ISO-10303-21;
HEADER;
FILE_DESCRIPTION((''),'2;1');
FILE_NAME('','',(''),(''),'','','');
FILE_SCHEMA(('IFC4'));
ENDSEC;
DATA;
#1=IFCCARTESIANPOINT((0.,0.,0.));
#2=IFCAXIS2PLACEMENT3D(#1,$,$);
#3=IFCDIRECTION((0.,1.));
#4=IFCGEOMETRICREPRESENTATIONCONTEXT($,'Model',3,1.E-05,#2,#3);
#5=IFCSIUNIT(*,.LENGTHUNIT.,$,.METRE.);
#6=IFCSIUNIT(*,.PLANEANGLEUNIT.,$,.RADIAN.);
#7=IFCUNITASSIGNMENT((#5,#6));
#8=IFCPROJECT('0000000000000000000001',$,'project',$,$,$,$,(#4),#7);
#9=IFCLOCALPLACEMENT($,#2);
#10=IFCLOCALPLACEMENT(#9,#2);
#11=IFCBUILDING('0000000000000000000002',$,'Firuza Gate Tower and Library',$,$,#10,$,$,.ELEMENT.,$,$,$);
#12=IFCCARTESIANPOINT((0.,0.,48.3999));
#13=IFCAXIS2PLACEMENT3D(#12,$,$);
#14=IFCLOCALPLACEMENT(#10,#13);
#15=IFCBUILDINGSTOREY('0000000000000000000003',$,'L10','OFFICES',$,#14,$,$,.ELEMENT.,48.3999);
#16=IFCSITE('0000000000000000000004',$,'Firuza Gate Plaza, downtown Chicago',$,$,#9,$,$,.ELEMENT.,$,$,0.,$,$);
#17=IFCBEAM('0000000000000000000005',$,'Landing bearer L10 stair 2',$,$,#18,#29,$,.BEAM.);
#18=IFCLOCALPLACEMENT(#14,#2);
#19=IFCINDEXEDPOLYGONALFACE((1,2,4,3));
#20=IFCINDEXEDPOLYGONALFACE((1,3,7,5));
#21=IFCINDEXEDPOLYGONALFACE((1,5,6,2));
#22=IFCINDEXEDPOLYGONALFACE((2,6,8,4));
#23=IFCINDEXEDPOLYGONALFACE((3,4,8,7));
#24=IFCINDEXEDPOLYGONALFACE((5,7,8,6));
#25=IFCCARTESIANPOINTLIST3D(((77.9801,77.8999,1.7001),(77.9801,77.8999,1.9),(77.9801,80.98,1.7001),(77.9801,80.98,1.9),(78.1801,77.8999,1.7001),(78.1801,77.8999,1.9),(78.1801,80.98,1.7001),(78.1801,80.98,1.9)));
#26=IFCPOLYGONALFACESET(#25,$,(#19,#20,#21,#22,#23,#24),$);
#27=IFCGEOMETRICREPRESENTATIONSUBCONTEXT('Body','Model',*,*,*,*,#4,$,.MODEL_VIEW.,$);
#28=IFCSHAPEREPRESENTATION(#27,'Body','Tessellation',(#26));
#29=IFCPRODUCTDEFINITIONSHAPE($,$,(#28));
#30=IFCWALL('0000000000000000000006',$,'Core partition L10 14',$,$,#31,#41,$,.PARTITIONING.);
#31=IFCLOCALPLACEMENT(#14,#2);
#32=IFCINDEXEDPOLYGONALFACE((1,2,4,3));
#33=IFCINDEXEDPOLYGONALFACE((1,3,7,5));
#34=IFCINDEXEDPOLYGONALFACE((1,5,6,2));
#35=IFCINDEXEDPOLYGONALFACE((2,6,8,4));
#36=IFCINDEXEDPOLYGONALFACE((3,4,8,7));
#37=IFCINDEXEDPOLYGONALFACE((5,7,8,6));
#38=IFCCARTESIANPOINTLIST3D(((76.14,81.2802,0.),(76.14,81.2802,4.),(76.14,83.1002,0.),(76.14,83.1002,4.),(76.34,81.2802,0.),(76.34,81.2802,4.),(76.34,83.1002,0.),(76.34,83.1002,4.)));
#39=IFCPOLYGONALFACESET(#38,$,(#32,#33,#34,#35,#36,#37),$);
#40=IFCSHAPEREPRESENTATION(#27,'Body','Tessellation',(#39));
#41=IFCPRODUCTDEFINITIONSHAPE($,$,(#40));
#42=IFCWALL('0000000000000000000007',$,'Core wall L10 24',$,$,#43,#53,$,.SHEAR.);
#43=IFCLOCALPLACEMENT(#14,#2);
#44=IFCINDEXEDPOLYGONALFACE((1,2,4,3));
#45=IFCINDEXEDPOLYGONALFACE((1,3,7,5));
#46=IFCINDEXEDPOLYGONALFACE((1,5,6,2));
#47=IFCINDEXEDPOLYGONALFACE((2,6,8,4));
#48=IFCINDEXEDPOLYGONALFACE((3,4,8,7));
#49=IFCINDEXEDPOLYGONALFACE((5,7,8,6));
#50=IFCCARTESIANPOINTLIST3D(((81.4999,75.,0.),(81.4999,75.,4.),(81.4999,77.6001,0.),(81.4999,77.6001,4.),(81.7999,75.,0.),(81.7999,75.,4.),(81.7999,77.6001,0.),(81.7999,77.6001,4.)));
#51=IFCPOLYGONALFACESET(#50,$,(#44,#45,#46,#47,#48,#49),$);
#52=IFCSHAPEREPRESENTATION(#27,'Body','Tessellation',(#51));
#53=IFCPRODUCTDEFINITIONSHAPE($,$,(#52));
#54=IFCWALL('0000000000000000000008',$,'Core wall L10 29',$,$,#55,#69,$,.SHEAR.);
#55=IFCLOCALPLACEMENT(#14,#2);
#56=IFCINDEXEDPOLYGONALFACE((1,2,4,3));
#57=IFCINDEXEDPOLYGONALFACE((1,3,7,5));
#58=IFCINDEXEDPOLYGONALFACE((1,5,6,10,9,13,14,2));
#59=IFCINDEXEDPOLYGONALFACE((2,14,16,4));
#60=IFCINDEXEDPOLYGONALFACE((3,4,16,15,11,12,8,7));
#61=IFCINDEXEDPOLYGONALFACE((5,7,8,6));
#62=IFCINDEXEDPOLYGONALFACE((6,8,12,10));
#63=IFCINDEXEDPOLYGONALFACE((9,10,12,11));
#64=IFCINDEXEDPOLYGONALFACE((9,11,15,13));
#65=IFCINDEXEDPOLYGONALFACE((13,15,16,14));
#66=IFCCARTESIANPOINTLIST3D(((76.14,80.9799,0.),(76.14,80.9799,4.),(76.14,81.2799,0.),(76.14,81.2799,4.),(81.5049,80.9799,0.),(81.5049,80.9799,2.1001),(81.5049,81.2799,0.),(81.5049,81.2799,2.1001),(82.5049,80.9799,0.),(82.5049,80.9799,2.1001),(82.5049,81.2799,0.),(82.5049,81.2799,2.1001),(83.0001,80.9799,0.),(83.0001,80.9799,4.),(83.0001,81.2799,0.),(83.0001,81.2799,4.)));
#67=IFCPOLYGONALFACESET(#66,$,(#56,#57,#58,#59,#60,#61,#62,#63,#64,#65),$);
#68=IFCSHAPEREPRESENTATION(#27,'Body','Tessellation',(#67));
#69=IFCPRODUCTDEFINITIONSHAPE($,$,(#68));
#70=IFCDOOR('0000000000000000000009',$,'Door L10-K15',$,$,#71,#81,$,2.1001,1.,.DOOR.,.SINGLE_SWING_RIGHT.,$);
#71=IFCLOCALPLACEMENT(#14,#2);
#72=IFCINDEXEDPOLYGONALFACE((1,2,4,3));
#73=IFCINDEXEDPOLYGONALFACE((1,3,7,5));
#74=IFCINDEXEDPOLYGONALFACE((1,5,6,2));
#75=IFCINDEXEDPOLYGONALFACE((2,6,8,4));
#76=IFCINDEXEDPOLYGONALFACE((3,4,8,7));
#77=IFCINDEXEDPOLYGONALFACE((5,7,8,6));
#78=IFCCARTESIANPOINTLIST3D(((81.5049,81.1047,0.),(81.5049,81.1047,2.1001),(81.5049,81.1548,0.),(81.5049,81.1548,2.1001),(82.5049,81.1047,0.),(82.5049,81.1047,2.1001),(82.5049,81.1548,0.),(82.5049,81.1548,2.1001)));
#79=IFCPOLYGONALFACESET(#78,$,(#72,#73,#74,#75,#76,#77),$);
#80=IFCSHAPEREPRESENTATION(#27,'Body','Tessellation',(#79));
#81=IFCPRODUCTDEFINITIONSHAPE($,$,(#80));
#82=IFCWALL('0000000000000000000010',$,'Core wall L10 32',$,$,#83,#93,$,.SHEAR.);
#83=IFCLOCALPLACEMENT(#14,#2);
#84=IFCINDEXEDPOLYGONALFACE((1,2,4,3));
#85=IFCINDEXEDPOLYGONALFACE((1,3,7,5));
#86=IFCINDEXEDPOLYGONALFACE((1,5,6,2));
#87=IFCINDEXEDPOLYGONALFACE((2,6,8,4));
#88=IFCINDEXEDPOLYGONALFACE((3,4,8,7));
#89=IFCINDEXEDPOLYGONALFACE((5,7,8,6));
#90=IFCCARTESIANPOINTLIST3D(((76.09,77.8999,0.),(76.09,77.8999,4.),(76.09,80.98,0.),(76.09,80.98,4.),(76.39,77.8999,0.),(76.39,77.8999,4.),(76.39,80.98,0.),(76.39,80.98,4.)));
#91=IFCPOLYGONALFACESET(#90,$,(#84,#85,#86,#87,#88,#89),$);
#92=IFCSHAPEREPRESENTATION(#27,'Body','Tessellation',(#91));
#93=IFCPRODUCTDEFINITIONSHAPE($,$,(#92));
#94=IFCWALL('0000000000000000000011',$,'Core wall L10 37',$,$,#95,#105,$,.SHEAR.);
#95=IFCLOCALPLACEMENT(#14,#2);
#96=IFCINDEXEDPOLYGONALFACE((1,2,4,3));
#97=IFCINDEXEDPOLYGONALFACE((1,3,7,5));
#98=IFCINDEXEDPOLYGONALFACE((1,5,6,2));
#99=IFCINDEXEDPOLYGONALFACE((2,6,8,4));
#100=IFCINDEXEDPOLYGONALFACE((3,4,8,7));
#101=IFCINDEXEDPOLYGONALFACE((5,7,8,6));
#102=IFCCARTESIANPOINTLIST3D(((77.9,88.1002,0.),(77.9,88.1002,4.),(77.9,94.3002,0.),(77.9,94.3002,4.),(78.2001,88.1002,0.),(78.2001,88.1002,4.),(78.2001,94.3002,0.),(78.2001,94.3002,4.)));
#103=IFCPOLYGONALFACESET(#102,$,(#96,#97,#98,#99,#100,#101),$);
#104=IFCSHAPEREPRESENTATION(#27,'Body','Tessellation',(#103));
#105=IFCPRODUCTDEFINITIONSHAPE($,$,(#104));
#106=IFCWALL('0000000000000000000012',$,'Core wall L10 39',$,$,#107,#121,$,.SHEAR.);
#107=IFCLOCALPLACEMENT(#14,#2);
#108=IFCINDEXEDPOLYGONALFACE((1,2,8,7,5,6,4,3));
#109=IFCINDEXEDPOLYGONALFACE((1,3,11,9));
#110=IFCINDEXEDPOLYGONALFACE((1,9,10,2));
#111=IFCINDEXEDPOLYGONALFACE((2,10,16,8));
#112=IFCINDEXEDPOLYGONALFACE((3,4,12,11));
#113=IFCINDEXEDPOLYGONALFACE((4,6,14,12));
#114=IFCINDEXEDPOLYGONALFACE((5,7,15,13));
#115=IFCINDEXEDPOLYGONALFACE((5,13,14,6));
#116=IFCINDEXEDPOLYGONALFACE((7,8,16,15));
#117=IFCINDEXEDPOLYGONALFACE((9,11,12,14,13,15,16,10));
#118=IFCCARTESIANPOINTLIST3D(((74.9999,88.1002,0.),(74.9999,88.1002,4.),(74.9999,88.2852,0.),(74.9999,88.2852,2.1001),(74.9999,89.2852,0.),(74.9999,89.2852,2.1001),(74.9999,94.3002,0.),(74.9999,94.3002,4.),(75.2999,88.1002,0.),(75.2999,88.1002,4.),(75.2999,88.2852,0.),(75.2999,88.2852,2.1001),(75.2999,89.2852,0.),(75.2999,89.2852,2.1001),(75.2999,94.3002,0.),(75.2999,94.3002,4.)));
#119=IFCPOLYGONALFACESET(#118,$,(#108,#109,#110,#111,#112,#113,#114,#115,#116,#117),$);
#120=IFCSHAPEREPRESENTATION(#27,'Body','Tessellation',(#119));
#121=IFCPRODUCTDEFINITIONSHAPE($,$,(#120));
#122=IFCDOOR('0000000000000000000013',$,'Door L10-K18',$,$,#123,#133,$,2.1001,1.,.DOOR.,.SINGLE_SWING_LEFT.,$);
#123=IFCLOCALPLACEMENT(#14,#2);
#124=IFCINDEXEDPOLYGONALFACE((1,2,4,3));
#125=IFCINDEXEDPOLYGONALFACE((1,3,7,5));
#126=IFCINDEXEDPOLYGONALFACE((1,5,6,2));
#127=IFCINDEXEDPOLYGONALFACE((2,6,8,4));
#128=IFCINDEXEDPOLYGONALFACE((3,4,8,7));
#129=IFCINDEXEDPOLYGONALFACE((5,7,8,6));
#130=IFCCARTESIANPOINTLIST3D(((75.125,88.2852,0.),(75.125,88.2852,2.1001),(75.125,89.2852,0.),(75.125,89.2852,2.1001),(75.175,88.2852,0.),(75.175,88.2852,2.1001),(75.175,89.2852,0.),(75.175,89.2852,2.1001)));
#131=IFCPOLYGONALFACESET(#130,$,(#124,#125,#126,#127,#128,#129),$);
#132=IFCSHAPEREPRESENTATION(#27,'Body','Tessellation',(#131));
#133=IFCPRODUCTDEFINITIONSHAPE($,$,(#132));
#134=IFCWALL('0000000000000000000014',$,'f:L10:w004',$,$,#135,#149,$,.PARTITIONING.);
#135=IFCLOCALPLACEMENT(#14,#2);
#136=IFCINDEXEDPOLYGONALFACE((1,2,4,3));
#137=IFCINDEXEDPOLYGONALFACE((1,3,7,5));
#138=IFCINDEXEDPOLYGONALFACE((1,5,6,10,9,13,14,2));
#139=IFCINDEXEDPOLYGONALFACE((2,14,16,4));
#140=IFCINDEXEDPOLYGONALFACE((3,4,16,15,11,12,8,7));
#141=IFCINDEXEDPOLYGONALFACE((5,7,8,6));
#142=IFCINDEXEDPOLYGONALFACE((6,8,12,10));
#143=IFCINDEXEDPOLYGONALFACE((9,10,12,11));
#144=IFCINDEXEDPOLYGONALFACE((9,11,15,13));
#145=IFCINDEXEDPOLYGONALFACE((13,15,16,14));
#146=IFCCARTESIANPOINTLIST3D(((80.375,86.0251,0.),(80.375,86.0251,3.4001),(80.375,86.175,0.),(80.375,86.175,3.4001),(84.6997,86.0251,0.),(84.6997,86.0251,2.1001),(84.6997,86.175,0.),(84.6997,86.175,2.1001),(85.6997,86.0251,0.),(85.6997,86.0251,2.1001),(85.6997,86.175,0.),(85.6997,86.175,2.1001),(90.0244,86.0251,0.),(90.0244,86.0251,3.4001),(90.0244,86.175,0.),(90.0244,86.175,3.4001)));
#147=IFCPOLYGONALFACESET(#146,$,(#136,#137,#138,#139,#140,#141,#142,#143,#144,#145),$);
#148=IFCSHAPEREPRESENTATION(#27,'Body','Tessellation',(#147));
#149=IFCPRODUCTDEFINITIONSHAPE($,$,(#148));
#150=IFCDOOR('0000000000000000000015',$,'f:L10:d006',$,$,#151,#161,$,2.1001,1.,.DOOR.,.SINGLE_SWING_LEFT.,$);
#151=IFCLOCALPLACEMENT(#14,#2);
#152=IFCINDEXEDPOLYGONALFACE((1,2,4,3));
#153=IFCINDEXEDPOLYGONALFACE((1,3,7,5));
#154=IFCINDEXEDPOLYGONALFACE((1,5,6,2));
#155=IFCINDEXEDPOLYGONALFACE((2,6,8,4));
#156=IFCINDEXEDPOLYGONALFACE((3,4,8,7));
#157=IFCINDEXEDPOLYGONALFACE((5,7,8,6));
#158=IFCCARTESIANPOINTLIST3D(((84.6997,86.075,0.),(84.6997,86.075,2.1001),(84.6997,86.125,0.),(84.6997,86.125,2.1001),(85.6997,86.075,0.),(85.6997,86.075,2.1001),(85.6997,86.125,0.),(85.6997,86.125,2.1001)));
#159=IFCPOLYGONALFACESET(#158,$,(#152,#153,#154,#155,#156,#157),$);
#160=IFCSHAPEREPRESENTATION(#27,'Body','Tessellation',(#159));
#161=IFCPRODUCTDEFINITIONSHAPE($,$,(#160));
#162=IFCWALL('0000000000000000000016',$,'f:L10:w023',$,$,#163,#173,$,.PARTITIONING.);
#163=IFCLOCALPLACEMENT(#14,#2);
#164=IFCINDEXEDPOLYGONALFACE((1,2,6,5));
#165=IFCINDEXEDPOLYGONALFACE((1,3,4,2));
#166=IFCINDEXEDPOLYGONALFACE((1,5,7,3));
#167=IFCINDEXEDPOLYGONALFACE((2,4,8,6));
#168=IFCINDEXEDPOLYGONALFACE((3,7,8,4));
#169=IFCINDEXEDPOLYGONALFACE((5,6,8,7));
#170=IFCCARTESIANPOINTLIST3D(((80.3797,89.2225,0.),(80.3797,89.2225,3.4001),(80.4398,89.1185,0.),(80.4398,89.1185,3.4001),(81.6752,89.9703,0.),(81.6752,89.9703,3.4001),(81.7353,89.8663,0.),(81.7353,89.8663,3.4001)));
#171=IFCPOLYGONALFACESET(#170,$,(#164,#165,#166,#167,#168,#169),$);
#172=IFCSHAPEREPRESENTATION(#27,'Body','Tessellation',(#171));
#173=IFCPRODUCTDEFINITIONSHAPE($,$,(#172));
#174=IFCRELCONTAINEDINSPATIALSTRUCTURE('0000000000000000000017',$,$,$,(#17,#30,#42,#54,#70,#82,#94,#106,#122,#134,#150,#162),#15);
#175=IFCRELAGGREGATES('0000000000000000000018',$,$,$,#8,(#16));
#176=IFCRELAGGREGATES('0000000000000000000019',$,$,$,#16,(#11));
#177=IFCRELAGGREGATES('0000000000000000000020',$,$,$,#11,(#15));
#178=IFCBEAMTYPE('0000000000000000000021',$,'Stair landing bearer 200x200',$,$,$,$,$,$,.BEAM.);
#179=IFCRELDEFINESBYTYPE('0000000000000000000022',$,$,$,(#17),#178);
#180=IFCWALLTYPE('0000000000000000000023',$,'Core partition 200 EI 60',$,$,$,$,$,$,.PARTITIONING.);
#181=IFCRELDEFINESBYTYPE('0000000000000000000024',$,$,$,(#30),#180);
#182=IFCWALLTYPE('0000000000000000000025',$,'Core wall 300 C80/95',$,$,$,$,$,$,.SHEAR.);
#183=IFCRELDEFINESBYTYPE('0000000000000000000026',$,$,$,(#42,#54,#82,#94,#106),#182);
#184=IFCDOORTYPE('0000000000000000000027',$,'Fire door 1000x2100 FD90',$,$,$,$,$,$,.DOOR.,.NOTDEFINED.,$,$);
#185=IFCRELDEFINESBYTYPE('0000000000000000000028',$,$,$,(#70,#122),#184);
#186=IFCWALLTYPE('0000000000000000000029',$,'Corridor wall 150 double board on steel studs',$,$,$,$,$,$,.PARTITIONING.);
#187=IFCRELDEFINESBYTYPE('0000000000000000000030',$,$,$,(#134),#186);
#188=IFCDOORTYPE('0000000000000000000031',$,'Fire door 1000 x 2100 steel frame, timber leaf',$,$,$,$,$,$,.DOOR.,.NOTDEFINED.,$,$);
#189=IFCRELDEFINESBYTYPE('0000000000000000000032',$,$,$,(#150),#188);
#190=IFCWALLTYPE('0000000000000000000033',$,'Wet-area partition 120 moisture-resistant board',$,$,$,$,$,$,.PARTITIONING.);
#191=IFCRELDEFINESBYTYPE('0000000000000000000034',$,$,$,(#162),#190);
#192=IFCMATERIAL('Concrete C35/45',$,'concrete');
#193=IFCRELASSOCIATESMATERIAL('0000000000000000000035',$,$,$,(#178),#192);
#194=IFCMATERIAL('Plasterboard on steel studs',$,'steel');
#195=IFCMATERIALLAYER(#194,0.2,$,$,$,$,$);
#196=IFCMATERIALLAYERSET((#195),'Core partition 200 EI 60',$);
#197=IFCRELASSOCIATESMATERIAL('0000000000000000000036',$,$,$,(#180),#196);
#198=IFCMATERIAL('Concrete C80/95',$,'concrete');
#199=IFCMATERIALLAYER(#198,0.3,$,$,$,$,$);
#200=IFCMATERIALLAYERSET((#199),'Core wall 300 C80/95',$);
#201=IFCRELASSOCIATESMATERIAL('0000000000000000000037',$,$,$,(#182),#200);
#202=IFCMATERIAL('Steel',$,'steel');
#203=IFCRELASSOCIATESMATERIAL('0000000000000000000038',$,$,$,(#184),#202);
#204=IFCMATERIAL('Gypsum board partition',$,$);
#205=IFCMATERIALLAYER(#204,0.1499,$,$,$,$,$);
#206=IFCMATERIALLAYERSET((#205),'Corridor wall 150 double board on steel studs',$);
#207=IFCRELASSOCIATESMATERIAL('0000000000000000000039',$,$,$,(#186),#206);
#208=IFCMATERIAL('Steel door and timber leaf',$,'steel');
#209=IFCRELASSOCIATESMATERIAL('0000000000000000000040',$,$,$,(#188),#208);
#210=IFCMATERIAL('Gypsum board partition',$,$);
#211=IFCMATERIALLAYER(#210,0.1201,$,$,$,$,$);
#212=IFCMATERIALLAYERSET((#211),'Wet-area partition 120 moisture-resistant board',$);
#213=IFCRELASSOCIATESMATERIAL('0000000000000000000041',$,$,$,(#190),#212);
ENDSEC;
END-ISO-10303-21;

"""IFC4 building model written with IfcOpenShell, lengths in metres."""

from ifc_helpers import new_model, si_unit, direction, frame, frame_2d, origin, origin_2d, place, context, subcontext, project, spatial, rectangle, extrude, material, layer, layer_set, material_profile, profile_set, type_object, element, fill, save


model = new_model("IFC4")

# Units and contexts
model_context = context("Model", 3, precision=1e-05, world=origin(), true_north=direction((0.0, 1.0)))
body_context = subcontext(model_context, "Body", "Model", "MODEL_VIEW")
ifc_project = project(units=[si_unit("LENGTHUNIT", "METRE"), si_unit("PLANEANGLEUNIT", "RADIAN")], contexts=[model_context])

# Site, building, storey
site_placement = place(None, origin())
site = spatial("IfcSite", under=ifc_project, at=site_placement, Name="Firuza Gate Plaza, downtown Chicago", CompositionType="ELEMENT", RefElevation=0.0)
building_placement = place(site_placement, origin())
building = spatial("IfcBuilding", under=site, at=building_placement, Name="Firuza Gate Tower and Library", CompositionType="ELEMENT")
storey_placement = place(building_placement, frame((0.0, 0.0, 48.3999)))
storey = spatial("IfcBuildingStorey", under=building, at=storey_placement, Name="L10", Description="OFFICES", CompositionType="ELEMENT", Elevation=48.3999)

# Beam
ifc_material_1 = material(Name="Concrete C35/45", Category="concrete")
ifc_material_profile = material_profile(ifc_material_1, rectangle(XDim=0.2, YDim=0.2, at=origin_2d()))
ifc_profile_set = profile_set([ifc_material_profile], Name="Concrete C35/45")
beam_type = type_object("IfcBeamType", Name="Stair landing bearer 200x200", PredefinedType="BEAM", material=ifc_profile_set)
beam_placement = place(storey_placement, frame((78.0801, 80.98, 1.8), z_axis=(0.0, -1.0, 0.0), x_axis=(1.0, 0.0, 0.0)))
element("IfcBeam", 1, at=beam_placement, inside=storey, type_object=beam_type, Name="Landing bearer L10 stair 2", PredefinedType="BEAM", context=body_context, shape_type="SweptSolid", body=[
    extrude(rectangle(XDim=0.2, YDim=0.2, at=origin_2d()), origin(), (0.0, 0.0, 1.0), 3.0801),
])

# Walls
ifc_material_2 = material(Name="Plasterboard on steel studs", Category="steel")
ifc_layer_1 = layer(ifc_material_2, 0.2)
ifc_layer_set_1 = layer_set([ifc_layer_1], Name="Core partition 200 EI 60")
wall_type_1 = type_object("IfcWallType", Name="Core partition 200 EI 60", PredefinedType="PARTITIONING", material=ifc_layer_set_1)
wall_1_placement = place(storey_placement, frame((76.24, 81.28, 0.0), z_axis=(0.0, 0.0, 1.0), x_axis=(0.0, 1.0, 0.0)))
element("IfcWall", 2, at=wall_1_placement, inside=storey, type_object=wall_type_1, Name="Core partition L10 14", PredefinedType="PARTITIONING", context=body_context, shape_type="SweptSolid", body=[
    extrude(rectangle(XDim=1.8201, YDim=0.2, at=frame_2d((0.9102, 0.0))), origin(), (0.0, 0.0, 1.0), 4.0),
])
ifc_material_3 = material(Name="Concrete C80/95", Category="concrete")
ifc_layer_2 = layer(ifc_material_3, 0.3)
ifc_layer_set_2 = layer_set([ifc_layer_2], Name="Core wall 300 C80/95")
wall_type_2 = type_object("IfcWallType", Name="Core wall 300 C80/95", PredefinedType="SHEAR", material=ifc_layer_set_2)
wall_2_placement = place(storey_placement, frame((81.6499, 75.0, 0.0), z_axis=(0.0, 0.0, 1.0), x_axis=(0.0, 1.0, 0.0)))
element("IfcWall", 3, at=wall_2_placement, inside=storey, type_object=wall_type_2, Name="Core wall L10 24", PredefinedType="SHEAR", context=body_context, shape_type="SweptSolid", body=[
    extrude(rectangle(XDim=2.6001, YDim=0.3, at=frame_2d((1.3, 0.0))), origin(), (0.0, 0.0, 1.0), 4.0),
])

# Wall, opening, door
wall_3_placement = place(storey_placement, frame((76.1399, 81.1299, 0.0), z_axis=(0.0, 0.0, 1.0), x_axis=(1.0, 0.0, 0.0)))
wall_3 = element("IfcWall", 4, at=wall_3_placement, inside=storey, type_object=wall_type_2, Name="Core wall L10 29", PredefinedType="SHEAR", context=body_context, shape_type="SweptSolid", body=[
    extrude(rectangle(XDim=6.8601, YDim=0.3, at=frame_2d((3.4302, 0.0))), origin(), (0.0, 0.0, 1.0), 4.0),
])
opening_1_placement = place(wall_3_placement, frame((5.365, 0.0, 0.0)))
opening_1 = element("IfcOpeningElement", 5, at=opening_1_placement, cuts=wall_3, PredefinedType="OPENING", context=body_context, shape_type="SweptSolid", body=[
    extrude(rectangle(XDim=1.0, YDim=2.1001, at=frame_2d((0.5, 1.05))), frame((0.0, 0.1602, 0.0), z_axis=(0.0, -1.0, 0.0), x_axis=(1.0, 0.0, 0.0)), (0.0, 0.0, 1.0), 0.3201),
])
ifc_material_4 = material(Name="Steel", Category="steel")
door_type_1 = type_object("IfcDoorType", Name="Fire door 1000x2100 FD90", OperationType="NOTDEFINED", PredefinedType="DOOR", material=ifc_material_4)
door_1_placement = place(opening_1_placement, origin())
door_1 = element("IfcDoor", 6, at=door_1_placement, inside=storey, type_object=door_type_1, Name="Door L10-K15", OperationType="SINGLE_SWING_RIGHT", OverallHeight=2.1001, OverallWidth=1.0, PredefinedType="DOOR", context=body_context, shape_type="SweptSolid", body=[
    extrude(rectangle(XDim=1.0, YDim=2.1001, at=frame_2d((0.5, 1.05))), frame((0.0, 0.0249, 0.0), z_axis=(0.0, -1.0, 0.0), x_axis=(1.0, 0.0, 0.0)), (0.0, 0.0, 1.0), 0.05),
])
fill(opening_1, door_1)

# Walls
wall_4_placement = place(storey_placement, frame((76.24, 77.8999, 0.0), z_axis=(0.0, 0.0, 1.0), x_axis=(0.0, 1.0, 0.0)))
element("IfcWall", 7, at=wall_4_placement, inside=storey, type_object=wall_type_2, Name="Core wall L10 32", PredefinedType="SHEAR", context=body_context, shape_type="SweptSolid", body=[
    extrude(rectangle(XDim=3.0801, YDim=0.3, at=frame_2d((1.54, 0.0))), origin(), (0.0, 0.0, 1.0), 4.0),
])
wall_5_placement = place(storey_placement, frame((78.05, 88.1001, 0.0), z_axis=(0.0, 0.0, 1.0), x_axis=(0.0, 1.0, 0.0)))
element("IfcWall", 8, at=wall_5_placement, inside=storey, type_object=wall_type_2, Name="Core wall L10 37", PredefinedType="SHEAR", context=body_context, shape_type="SweptSolid", body=[
    extrude(rectangle(XDim=6.2, YDim=0.3, at=frame_2d((3.1001, 0.0))), origin(), (0.0, 0.0, 1.0), 4.0),
])

# Walls, openings, doors
wall_6_placement = place(storey_placement, frame((75.1499, 88.1001, 0.0), z_axis=(0.0, 0.0, 1.0), x_axis=(0.0, 1.0, 0.0)))
wall_6 = element("IfcWall", 9, at=wall_6_placement, inside=storey, type_object=wall_type_2, Name="Core wall L10 39", PredefinedType="SHEAR", context=body_context, shape_type="SweptSolid", body=[
    extrude(rectangle(XDim=6.2, YDim=0.3, at=frame_2d((3.1001, 0.0))), origin(), (0.0, 0.0, 1.0), 4.0),
])
opening_2_placement = place(wall_6_placement, frame((0.1851, 0.0, 0.0)))
opening_2 = element("IfcOpeningElement", 10, at=opening_2_placement, cuts=wall_6, PredefinedType="OPENING", context=body_context, shape_type="SweptSolid", body=[
    extrude(rectangle(XDim=1.0, YDim=2.1001, at=frame_2d((0.5, 1.05))), frame((0.0, 0.1602, 0.0), z_axis=(0.0, -1.0, 0.0), x_axis=(1.0, 0.0, 0.0)), (0.0, 0.0, 1.0), 0.3201),
])
door_2_placement = place(opening_2_placement, origin())
door_2 = element("IfcDoor", 11, at=door_2_placement, inside=storey, type_object=door_type_1, Name="Door L10-K18", OperationType="SINGLE_SWING_LEFT", OverallHeight=2.1001, OverallWidth=1.0, PredefinedType="DOOR", context=body_context, shape_type="SweptSolid", body=[
    extrude(rectangle(XDim=1.0, YDim=2.1001, at=frame_2d((0.5, 1.05))), frame((0.0, 0.0249, 0.0), z_axis=(0.0, -1.0, 0.0), x_axis=(1.0, 0.0, 0.0)), (0.0, 0.0, 1.0), 0.05),
])
fill(opening_2, door_2)
ifc_material_5 = material(Name="Gypsum board partition")
ifc_layer_3 = layer(ifc_material_5, 0.1499)
ifc_layer_set_3 = layer_set([ifc_layer_3], Name="Corridor wall 150 double board on steel studs")
wall_type_3 = type_object("IfcWallType", Name="Corridor wall 150 double board on steel studs", PredefinedType="PARTITIONING", material=ifc_layer_set_3)
wall_7_placement = place(storey_placement, frame((80.375, 86.1001, 0.0), z_axis=(0.0, 0.0, 1.0), x_axis=(1.0, 0.0, 0.0)))
wall_7 = element("IfcWall", 12, at=wall_7_placement, inside=storey, type_object=wall_type_3, Name="f:L10:w004", PredefinedType="PARTITIONING", context=body_context, shape_type="SweptSolid", body=[
    extrude(rectangle(XDim=9.6494, YDim=0.1499, at=frame_2d((4.8247, 0.0))), origin(), (0.0, 0.0, 1.0), 3.4001),
])
opening_3_placement = place(wall_7_placement, frame((4.3247, 0.0, 0.0)))
opening_3 = element("IfcOpeningElement", 13, at=opening_3_placement, cuts=wall_7, PredefinedType="OPENING", context=body_context, shape_type="SweptSolid", body=[
    extrude(rectangle(XDim=1.0, YDim=2.1001, at=frame_2d((0.5, 1.05))), frame((0.0, 0.085, 0.0), z_axis=(0.0, -1.0, 0.0), x_axis=(1.0, 0.0, 0.0)), (0.0, 0.0, 1.0), 0.1699),
])
ifc_material_6 = material(Name="Steel door and timber leaf", Category="steel")
door_type_2 = type_object("IfcDoorType", Name="Fire door 1000 x 2100 steel frame, timber leaf", OperationType="NOTDEFINED", PredefinedType="DOOR", material=ifc_material_6)
door_3_placement = place(opening_3_placement, origin())
door_3 = element("IfcDoor", 14, at=door_3_placement, inside=storey, type_object=door_type_2, Name="f:L10:d006", OperationType="SINGLE_SWING_LEFT", OverallHeight=2.1001, OverallWidth=1.0, PredefinedType="DOOR", context=body_context, shape_type="SweptSolid", body=[
    extrude(rectangle(XDim=1.0, YDim=2.1001, at=frame_2d((0.5, 1.05))), frame((0.0, 0.0249, 0.0), z_axis=(0.0, -1.0, 0.0), x_axis=(1.0, 0.0, 0.0)), (0.0, 0.0, 1.0), 0.05),
])
fill(opening_3, door_3)

# Wall
ifc_material_7 = material(Name="Gypsum board partition")
ifc_layer_4 = layer(ifc_material_7, 0.1201)
ifc_layer_set_4 = layer_set([ifc_layer_4], Name="Wet-area partition 120 moisture-resistant board")
wall_type_4 = type_object("IfcWallType", Name="Wet-area partition 120 moisture-resistant board", PredefinedType="PARTITIONING", material=ifc_layer_set_4)
wall_8_placement = place(storey_placement, frame((80.4097, 89.1704, 0.0), z_axis=(0.0, 0.0, 1.0), x_axis=(0.866055, 0.499949, 0.0)))
element("IfcWall", 15, at=wall_8_placement, inside=storey, type_object=wall_type_4, Name="f:L10:w023", PredefinedType="PARTITIONING", context=body_context, shape_type="SweptSolid", body=[
    extrude(rectangle(XDim=1.4958, YDim=0.1201, at=frame_2d((0.748, 0.0))), origin(), (0.0, 0.0, 1.0), 3.4001),
])

save(model, "model.ifc")
